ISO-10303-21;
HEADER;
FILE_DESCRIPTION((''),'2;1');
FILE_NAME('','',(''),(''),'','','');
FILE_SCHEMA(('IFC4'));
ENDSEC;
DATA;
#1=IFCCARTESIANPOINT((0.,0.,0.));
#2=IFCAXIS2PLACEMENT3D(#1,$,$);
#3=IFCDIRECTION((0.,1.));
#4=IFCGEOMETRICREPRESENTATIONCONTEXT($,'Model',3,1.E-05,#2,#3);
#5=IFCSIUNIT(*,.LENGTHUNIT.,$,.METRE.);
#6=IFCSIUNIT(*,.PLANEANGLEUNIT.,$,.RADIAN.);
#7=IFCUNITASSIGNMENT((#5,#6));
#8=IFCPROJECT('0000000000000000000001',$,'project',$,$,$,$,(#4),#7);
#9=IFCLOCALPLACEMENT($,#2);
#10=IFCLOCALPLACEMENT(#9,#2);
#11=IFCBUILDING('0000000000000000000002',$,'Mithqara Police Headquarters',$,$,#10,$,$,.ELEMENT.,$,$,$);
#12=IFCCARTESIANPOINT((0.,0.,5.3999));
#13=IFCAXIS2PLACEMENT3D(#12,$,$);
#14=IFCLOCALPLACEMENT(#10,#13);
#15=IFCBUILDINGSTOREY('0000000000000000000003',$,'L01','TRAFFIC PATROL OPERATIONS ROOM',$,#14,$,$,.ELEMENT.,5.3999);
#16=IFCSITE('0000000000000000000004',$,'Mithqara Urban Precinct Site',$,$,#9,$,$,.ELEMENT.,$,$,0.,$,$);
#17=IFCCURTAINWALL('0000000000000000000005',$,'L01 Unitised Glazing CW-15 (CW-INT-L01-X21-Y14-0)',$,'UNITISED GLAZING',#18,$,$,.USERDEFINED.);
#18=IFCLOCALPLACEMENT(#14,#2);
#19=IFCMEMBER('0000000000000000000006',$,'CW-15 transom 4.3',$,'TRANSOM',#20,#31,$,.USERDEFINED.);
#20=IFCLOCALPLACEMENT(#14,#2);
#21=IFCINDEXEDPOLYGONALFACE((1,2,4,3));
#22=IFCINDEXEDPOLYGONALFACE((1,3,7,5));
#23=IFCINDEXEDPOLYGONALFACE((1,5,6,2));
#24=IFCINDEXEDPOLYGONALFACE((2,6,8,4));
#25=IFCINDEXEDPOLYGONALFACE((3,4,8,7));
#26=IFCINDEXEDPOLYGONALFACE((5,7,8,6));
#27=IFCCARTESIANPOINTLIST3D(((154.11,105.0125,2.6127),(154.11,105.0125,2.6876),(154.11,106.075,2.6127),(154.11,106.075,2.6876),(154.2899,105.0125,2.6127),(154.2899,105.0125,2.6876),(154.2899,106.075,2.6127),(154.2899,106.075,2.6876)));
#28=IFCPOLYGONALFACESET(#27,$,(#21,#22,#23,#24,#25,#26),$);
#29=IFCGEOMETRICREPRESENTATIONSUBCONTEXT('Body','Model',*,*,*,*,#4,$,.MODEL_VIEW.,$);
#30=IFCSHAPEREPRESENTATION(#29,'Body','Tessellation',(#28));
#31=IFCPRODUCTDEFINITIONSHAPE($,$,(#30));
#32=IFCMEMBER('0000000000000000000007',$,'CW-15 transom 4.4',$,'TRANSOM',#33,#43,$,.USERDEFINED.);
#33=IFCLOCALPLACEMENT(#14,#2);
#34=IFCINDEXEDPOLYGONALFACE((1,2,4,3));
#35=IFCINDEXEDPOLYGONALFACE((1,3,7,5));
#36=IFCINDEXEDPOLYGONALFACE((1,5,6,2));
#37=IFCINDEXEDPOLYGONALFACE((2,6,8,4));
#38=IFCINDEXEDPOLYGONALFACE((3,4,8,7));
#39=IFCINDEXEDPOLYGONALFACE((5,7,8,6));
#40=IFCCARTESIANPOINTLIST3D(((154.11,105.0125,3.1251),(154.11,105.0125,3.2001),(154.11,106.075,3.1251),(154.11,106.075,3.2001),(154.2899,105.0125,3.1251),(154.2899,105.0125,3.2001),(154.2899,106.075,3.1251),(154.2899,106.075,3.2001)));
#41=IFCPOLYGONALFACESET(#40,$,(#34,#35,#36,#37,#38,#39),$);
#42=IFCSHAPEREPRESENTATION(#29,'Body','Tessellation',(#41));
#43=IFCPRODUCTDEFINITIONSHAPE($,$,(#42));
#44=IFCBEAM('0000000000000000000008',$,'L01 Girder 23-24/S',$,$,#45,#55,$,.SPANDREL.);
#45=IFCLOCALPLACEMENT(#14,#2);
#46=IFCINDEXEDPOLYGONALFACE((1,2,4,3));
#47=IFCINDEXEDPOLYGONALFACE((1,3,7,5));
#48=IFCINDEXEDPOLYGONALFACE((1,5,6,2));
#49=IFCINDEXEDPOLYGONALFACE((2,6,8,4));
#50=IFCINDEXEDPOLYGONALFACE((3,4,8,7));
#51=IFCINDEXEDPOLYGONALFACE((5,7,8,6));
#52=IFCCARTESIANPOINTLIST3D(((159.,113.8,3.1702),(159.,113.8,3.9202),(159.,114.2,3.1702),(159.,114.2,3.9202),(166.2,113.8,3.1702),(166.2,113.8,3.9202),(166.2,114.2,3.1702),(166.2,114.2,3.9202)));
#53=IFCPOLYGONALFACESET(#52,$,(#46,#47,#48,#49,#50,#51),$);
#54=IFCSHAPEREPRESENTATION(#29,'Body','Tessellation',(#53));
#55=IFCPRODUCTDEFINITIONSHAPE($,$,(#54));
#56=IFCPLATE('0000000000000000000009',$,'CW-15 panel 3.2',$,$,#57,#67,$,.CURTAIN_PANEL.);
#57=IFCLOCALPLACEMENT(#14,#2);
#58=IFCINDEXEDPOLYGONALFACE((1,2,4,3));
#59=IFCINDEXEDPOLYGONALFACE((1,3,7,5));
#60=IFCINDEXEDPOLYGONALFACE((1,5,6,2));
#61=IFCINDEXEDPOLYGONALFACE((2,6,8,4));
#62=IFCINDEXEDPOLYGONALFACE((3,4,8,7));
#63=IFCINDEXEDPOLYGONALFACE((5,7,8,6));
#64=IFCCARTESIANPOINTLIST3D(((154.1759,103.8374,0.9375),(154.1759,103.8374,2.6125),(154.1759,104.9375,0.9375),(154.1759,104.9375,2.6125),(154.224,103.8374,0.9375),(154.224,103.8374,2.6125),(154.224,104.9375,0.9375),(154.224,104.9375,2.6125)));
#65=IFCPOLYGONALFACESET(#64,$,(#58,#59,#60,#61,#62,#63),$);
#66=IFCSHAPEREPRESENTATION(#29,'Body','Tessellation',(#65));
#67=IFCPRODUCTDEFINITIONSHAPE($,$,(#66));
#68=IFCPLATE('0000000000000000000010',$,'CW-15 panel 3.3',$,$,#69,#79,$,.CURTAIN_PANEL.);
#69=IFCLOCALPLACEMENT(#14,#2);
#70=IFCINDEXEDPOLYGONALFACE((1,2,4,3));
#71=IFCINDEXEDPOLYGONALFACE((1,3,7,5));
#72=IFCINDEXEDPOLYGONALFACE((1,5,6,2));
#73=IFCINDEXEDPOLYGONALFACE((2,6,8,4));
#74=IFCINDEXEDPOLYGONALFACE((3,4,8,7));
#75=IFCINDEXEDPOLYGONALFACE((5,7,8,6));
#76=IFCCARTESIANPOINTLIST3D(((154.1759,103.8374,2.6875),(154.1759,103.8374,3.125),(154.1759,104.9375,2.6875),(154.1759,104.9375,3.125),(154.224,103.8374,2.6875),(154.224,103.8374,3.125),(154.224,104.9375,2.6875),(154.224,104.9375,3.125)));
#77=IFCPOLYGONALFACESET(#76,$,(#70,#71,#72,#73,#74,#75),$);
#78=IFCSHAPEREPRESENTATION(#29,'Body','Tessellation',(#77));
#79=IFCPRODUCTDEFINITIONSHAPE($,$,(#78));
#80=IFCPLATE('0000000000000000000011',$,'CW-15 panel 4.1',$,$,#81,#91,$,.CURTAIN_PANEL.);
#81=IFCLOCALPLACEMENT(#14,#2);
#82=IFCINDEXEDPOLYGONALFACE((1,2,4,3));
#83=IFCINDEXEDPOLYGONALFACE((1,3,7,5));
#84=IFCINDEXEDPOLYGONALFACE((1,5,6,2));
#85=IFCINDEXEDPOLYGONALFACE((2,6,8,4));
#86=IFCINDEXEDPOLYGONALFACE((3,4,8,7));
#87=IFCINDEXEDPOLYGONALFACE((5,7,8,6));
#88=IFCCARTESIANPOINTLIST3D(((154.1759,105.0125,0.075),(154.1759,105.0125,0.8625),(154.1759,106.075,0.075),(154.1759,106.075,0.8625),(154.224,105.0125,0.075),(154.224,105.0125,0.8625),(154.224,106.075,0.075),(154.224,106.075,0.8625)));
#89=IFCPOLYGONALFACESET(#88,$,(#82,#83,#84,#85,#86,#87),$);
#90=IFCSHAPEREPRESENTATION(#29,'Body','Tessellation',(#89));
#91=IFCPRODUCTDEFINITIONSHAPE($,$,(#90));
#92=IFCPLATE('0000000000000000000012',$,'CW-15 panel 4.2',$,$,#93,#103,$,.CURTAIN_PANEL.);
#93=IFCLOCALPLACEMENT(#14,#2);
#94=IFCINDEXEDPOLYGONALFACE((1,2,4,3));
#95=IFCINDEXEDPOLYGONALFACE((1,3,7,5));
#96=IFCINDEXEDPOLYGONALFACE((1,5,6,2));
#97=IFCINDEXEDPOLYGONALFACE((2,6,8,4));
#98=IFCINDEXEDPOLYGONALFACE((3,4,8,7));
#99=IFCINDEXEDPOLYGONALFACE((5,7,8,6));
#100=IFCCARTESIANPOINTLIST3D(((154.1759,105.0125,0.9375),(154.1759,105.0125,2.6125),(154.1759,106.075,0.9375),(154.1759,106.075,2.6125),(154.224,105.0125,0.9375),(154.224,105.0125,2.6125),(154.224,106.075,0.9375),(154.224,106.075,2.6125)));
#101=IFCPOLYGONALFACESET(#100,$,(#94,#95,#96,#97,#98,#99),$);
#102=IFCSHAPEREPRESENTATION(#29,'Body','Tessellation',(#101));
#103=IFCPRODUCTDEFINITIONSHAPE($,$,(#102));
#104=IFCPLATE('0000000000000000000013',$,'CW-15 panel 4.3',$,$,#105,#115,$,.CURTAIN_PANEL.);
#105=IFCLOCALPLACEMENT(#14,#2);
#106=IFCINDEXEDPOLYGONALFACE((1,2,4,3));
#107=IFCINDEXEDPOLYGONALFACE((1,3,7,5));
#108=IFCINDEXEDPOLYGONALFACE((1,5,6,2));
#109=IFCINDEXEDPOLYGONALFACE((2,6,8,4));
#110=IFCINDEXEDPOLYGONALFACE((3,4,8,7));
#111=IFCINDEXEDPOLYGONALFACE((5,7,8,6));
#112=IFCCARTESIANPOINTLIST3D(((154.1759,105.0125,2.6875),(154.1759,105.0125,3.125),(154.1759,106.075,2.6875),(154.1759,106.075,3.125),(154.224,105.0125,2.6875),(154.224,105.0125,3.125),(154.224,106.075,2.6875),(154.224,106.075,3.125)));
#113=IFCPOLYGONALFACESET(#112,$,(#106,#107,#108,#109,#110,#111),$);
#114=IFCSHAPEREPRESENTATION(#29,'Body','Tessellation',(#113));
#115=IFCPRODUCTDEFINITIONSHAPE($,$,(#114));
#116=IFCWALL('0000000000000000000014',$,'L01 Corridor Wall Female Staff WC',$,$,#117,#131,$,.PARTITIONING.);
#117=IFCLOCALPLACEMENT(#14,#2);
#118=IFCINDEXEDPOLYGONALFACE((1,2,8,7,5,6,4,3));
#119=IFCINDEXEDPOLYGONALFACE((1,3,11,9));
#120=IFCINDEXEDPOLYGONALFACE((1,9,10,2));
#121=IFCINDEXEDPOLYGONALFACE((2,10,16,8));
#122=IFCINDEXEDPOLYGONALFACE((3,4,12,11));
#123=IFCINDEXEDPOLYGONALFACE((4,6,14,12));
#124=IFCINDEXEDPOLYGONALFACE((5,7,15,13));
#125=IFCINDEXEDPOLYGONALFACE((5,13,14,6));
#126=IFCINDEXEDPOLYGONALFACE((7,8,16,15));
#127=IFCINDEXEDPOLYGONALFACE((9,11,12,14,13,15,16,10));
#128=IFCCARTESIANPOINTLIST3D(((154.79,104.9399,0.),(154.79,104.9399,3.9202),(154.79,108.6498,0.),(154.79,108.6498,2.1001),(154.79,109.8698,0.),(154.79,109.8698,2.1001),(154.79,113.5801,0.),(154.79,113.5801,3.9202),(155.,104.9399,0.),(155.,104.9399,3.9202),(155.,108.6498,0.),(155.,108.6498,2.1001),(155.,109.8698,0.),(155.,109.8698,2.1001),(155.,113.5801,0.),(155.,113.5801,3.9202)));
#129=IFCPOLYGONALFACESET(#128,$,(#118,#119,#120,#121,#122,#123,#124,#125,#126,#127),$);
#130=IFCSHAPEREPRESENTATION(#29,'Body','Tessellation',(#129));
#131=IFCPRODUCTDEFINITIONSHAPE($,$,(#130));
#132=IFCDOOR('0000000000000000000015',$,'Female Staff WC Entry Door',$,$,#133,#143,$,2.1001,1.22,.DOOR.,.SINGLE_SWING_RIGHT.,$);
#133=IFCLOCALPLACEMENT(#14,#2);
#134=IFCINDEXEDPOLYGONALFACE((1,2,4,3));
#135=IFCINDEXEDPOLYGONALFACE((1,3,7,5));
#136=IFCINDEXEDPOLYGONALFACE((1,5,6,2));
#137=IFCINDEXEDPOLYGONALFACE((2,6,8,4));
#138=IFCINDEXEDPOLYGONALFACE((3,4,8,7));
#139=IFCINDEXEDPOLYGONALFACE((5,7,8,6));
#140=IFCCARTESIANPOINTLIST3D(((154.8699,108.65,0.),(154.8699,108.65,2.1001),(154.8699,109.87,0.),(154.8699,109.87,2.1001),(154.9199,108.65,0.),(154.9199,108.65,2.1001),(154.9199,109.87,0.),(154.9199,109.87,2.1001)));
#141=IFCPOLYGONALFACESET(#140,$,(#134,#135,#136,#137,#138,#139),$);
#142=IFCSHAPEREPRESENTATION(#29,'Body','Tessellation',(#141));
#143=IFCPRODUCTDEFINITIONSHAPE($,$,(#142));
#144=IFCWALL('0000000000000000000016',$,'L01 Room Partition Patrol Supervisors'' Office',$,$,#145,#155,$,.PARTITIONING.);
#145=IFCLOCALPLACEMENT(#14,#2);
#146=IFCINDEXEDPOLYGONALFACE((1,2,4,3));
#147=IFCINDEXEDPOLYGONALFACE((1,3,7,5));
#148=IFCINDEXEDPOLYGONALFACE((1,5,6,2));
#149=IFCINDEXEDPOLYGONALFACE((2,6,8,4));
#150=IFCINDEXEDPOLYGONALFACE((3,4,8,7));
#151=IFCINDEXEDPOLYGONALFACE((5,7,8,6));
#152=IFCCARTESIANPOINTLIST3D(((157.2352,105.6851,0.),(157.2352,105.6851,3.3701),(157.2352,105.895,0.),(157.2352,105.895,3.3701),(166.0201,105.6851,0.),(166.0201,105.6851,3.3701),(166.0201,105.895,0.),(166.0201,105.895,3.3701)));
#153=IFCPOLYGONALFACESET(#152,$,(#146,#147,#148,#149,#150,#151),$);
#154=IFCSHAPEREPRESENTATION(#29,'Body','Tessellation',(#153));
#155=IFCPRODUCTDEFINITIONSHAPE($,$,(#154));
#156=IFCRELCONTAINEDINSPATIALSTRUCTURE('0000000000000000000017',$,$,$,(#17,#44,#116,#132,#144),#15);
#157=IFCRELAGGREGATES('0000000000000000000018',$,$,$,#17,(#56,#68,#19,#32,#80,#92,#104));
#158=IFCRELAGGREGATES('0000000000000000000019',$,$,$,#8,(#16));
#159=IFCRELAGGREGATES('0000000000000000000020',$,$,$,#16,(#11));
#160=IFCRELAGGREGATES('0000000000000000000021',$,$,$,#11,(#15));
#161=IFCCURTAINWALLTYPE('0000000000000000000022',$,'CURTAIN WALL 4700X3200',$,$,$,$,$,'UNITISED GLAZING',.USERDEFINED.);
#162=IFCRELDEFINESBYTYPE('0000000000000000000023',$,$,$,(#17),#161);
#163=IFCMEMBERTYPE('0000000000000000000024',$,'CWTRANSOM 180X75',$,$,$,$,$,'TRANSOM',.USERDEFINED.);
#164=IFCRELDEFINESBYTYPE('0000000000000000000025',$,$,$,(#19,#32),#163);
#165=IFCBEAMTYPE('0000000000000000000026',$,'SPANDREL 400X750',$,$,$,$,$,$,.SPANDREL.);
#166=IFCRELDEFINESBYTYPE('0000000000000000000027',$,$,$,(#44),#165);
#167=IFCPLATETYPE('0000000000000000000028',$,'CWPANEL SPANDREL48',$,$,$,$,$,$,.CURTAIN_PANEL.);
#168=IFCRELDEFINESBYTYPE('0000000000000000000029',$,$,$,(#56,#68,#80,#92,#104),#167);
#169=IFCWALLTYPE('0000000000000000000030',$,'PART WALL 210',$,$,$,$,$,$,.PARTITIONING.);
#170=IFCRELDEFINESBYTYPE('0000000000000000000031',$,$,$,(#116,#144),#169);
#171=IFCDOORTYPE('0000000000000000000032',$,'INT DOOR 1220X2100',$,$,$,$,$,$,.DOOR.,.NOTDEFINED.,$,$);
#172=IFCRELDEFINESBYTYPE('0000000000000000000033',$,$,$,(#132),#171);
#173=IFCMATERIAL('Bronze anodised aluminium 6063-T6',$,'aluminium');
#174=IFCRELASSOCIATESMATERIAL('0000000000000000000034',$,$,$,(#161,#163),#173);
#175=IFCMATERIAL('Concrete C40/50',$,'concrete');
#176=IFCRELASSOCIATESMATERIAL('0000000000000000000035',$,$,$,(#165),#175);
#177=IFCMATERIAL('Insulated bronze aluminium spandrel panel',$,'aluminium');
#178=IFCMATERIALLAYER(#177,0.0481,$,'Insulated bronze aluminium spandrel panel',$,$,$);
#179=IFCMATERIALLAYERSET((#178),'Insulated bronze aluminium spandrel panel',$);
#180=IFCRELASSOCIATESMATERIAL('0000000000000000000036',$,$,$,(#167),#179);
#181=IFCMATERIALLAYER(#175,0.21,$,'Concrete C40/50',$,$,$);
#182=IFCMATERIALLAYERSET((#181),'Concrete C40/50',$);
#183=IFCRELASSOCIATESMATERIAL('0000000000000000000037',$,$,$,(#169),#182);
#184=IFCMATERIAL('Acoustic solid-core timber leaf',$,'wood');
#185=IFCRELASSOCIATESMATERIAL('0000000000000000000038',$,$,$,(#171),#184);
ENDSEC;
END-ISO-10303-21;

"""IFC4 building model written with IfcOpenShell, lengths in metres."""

from ifc_helpers import new_model, si_unit, direction, frame, frame_2d, origin, origin_2d, place, context, subcontext, project, spatial, rectangle, extrude, material, layer, layer_set, material_profile, profile_set, type_object, element, fill, aggregate, save


model = new_model("IFC4")

# Units and contexts
model_context = context("Model", 3, precision=1e-05, world=origin(), true_north=direction((0.0, 1.0)))
body_context = subcontext(model_context, "Body", "Model", "MODEL_VIEW")
ifc_project = project(units=[si_unit("LENGTHUNIT", "METRE"), si_unit("PLANEANGLEUNIT", "RADIAN")], contexts=[model_context])

# Site, building, storey
site_placement = place(None, origin())
site = spatial("IfcSite", under=ifc_project, at=site_placement, Name="Mithqara Urban Precinct Site", CompositionType="ELEMENT", RefElevation=0.0)
building_placement = place(site_placement, origin())
building = spatial("IfcBuilding", under=site, at=building_placement, Name="Mithqara Police Headquarters", CompositionType="ELEMENT")
storey_placement = place(building_placement, frame((0.0, 0.0, 5.3999)))
storey = spatial("IfcBuildingStorey", under=building, at=storey_placement, Name="L01", Description="TRAFFIC PATROL OPERATIONS ROOM", CompositionType="ELEMENT", Elevation=5.3999)

# Shared definitions
ifc_material_1 = material(Name="Concrete C40/50", Category="concrete")

# Curtain wall, members
ifc_material_2 = material(Name="Bronze anodised aluminium 6063-T6", Category="aluminium")
curtain_wall_type = type_object("IfcCurtainWallType", Name="CURTAIN WALL 4700X3200", ElementType="UNITISED GLAZING", PredefinedType="USERDEFINED", material=ifc_material_2)
curtain_wall_placement = place(storey_placement, origin())
curtain_wall = element("IfcCurtainWall", 1, at=curtain_wall_placement, inside=storey, type_object=curtain_wall_type, Name="L01 Unitised Glazing CW-15 (CW-INT-L01-X21-Y14-0)", ObjectType="UNITISED GLAZING", PredefinedType="USERDEFINED")
ifc_material_profile_1 = material_profile(ifc_material_2, rectangle(XDim=0.1799, YDim=0.075, at=origin_2d()), Name="CWT 180x75")
ifc_profile_set_1 = profile_set([ifc_material_profile_1], Name="Bronze anodised aluminium 6063-T6")
member_type_1 = type_object("IfcMemberType", Name="CWTRANSOM 180X75", ElementType="TRANSOM", PredefinedType="USERDEFINED", material=ifc_profile_set_1)
member_1_placement = place(storey_placement, frame((154.2, 105.0125, 2.6501), z_axis=(0.0, 1.0, 0.0), x_axis=(-1.0, 0.0, 0.0)))
member_1 = element("IfcMember", 2, at=member_1_placement, type_object=member_type_1, Name="CW-15 transom 4.3", ObjectType="TRANSOM", PredefinedType="USERDEFINED", context=body_context, shape_type="SweptSolid", body=[
    extrude(rectangle(XDim=0.1799, YDim=0.075, at=origin_2d()), origin(), (0.0, 0.0, 1.0), 1.0625),
])
member_2_placement = place(storey_placement, frame((154.2, 105.0125, 3.1626), z_axis=(0.0, 1.0, 0.0), x_axis=(-1.0, 0.0, 0.0)))
member_2 = element("IfcMember", 3, at=member_2_placement, type_object=member_type_1, Name="CW-15 transom 4.4", ObjectType="TRANSOM", PredefinedType="USERDEFINED", context=body_context, shape_type="SweptSolid", body=[
    extrude(rectangle(XDim=0.1799, YDim=0.075, at=origin_2d()), origin(), (0.0, 0.0, 1.0), 1.0625),
])

# Beam
ifc_material_profile_2 = material_profile(ifc_material_1, rectangle(XDim=0.3999, YDim=0.75, at=origin_2d()), Name="SPB 400x750")
ifc_profile_set_2 = profile_set([ifc_material_profile_2], Name="Concrete C40/50")
beam_type_1 = type_object("IfcBeamType", Name="SPANDREL 400X750", PredefinedType="SPANDREL", material=ifc_profile_set_2)
beam_1_placement = place(storey_placement, frame((159.0, 114.0, 3.5452), z_axis=(1.0, 0.0, 0.0), x_axis=(0.0, 1.0, 0.0)))
element("IfcBeam", 4, at=beam_1_placement, inside=storey, type_object=beam_type_1, Name="L01 Girder 23-24/S", PredefinedType="SPANDREL", context=body_context, shape_type="SweptSolid", body=[
    extrude(rectangle(XDim=0.3999, YDim=0.75, at=origin_2d()), origin(), (0.0, 0.0, 1.0), 7.2),
])

# Plates
ifc_material_3 = material(Name="Insulated bronze aluminium spandrel panel", Category="aluminium")
ifc_layer_1 = layer(ifc_material_3, 0.0481, Name="Insulated bronze aluminium spandrel panel")
ifc_layer_set_1 = layer_set([ifc_layer_1], Name="Insulated bronze aluminium spandrel panel")
plate_type = type_object("IfcPlateType", Name="CWPANEL SPANDREL48", PredefinedType="CURTAIN_PANEL", material=ifc_layer_set_1)
plate_1_placement = place(storey_placement, frame((154.2, 104.3875, 0.9375), z_axis=(0.0, 0.0, 1.0), x_axis=(0.0, 1.0, 0.0)))
plate_1 = element("IfcPlate", 5, at=plate_1_placement, type_object=plate_type, Name="CW-15 panel 3.2", PredefinedType="CURTAIN_PANEL", context=body_context, shape_type="SweptSolid", body=[
    extrude(rectangle(XDim=1.1001, YDim=0.0481, at=origin_2d()), origin(), (0.0, 0.0, 1.0), 1.675),
])
plate_2_placement = place(storey_placement, frame((154.2, 104.3875, 2.6875), z_axis=(0.0, 0.0, 1.0), x_axis=(0.0, 1.0, 0.0)))
plate_2 = element("IfcPlate", 6, at=plate_2_placement, type_object=plate_type, Name="CW-15 panel 3.3", PredefinedType="CURTAIN_PANEL", context=body_context, shape_type="SweptSolid", body=[
    extrude(rectangle(XDim=1.1001, YDim=0.0481, at=origin_2d()), origin(), (0.0, 0.0, 1.0), 0.4375),
])
plate_3_placement = place(storey_placement, frame((154.2, 105.5437, 0.075), z_axis=(0.0, 0.0, 1.0), x_axis=(0.0, 1.0, 0.0)))
plate_3 = element("IfcPlate", 7, at=plate_3_placement, type_object=plate_type, Name="CW-15 panel 4.1", PredefinedType="CURTAIN_PANEL", context=body_context, shape_type="SweptSolid", body=[
    extrude(rectangle(XDim=1.0625, YDim=0.0481, at=origin_2d()), origin(), (0.0, 0.0, 1.0), 0.7876),
])
plate_4_placement = place(storey_placement, frame((154.2, 105.5437, 0.9375), z_axis=(0.0, 0.0, 1.0), x_axis=(0.0, 1.0, 0.0)))
plate_4 = element("IfcPlate", 8, at=plate_4_placement, type_object=plate_type, Name="CW-15 panel 4.2", PredefinedType="CURTAIN_PANEL", context=body_context, shape_type="SweptSolid", body=[
    extrude(rectangle(XDim=1.0625, YDim=0.0481, at=origin_2d()), origin(), (0.0, 0.0, 1.0), 1.675),
])
plate_5_placement = place(storey_placement, frame((154.2, 105.5437, 2.6875), z_axis=(0.0, 0.0, 1.0), x_axis=(0.0, 1.0, 0.0)))
plate_5 = element("IfcPlate", 9, at=plate_5_placement, type_object=plate_type, Name="CW-15 panel 4.3", PredefinedType="CURTAIN_PANEL", context=body_context, shape_type="SweptSolid", body=[
    extrude(rectangle(XDim=1.0625, YDim=0.0481, at=origin_2d()), origin(), (0.0, 0.0, 1.0), 0.4375),
])
aggregate(curtain_wall, [plate_1, plate_2, member_1, member_2, plate_3, plate_4, plate_5])

# Wall, opening, door
ifc_layer_2 = layer(ifc_material_1, 0.21, Name="Concrete C40/50")
ifc_layer_set_2 = layer_set([ifc_layer_2], Name="Concrete C40/50")
wall_type = type_object("IfcWallType", Name="PART WALL 210", PredefinedType="PARTITIONING", material=ifc_layer_set_2)
wall_1_placement = place(storey_placement, frame((154.895, 104.9399, 0.0), z_axis=(0.0, 0.0, 1.0), x_axis=(0.0, 1.0, 0.0)))
wall_1 = element("IfcWall", 10, at=wall_1_placement, inside=storey, type_object=wall_type, Name="L01 Corridor Wall Female Staff WC", PredefinedType="PARTITIONING", context=body_context, shape_type="SweptSolid", body=[
    extrude(rectangle(XDim=8.6401, YDim=0.21, at=frame_2d((4.3201, 0.0))), origin(), (0.0, 0.0, 1.0), 3.9202),
])
opening_1_placement = place(wall_1_placement, frame((3.71, 0.0, 0.0)))
opening_1 = element("IfcOpeningElement", 11, at=opening_1_placement, cuts=wall_1, PredefinedType="OPENING", context=body_context, shape_type="SweptSolid", body=[
    extrude(rectangle(XDim=1.22, YDim=2.1001, at=frame_2d((0.6099, 1.05))), frame((0.0, 0.115, 0.0), z_axis=(0.0, -1.0, 0.0), x_axis=(1.0, 0.0, 0.0)), (0.0, 0.0, 1.0), 0.23),
])
ifc_material_4 = material(Name="Acoustic solid-core timber leaf", Category="wood")
door_type_1 = type_object("IfcDoorType", Name="INT DOOR 1220X2100", OperationType="NOTDEFINED", PredefinedType="DOOR", material=ifc_material_4)
door_1_placement = place(opening_1_placement, frame((1.22, 0.0, 0.0), z_axis=(0.0, 0.0, 1.0), x_axis=(-1.0, 0.0, 0.0)))
door_1 = element("IfcDoor", 12, at=door_1_placement, inside=storey, type_object=door_type_1, Name="Female Staff WC Entry Door", OperationType="SINGLE_SWING_RIGHT", OverallHeight=2.1001, OverallWidth=1.22, PredefinedType="DOOR", context=body_context, shape_type="SweptSolid", body=[
    extrude(rectangle(XDim=1.22, YDim=2.1001, at=frame_2d((0.6099, 1.05))), frame((0.0, 0.0249, 0.0), z_axis=(0.0, -1.0, 0.0), x_axis=(1.0, 0.0, 0.0)), (0.0, 0.0, 1.0), 0.05),
])
fill(opening_1, door_1)

# Wall
wall_2_placement = place(storey_placement, frame((157.2351, 105.79, 0.0), z_axis=(0.0, 0.0, 1.0), x_axis=(1.0, 0.0, 0.0)))
element("IfcWall", 13, at=wall_2_placement, inside=storey, type_object=wall_type, Name="L01 Room Partition Patrol Supervisors' Office", PredefinedType="PARTITIONING", context=body_context, shape_type="SweptSolid", body=[
    extrude(rectangle(XDim=8.7849, YDim=0.21, at=frame_2d((4.3926, 0.0))), origin(), (0.0, 0.0, 1.0), 3.3701),
])

save(model, "model.ifc")
